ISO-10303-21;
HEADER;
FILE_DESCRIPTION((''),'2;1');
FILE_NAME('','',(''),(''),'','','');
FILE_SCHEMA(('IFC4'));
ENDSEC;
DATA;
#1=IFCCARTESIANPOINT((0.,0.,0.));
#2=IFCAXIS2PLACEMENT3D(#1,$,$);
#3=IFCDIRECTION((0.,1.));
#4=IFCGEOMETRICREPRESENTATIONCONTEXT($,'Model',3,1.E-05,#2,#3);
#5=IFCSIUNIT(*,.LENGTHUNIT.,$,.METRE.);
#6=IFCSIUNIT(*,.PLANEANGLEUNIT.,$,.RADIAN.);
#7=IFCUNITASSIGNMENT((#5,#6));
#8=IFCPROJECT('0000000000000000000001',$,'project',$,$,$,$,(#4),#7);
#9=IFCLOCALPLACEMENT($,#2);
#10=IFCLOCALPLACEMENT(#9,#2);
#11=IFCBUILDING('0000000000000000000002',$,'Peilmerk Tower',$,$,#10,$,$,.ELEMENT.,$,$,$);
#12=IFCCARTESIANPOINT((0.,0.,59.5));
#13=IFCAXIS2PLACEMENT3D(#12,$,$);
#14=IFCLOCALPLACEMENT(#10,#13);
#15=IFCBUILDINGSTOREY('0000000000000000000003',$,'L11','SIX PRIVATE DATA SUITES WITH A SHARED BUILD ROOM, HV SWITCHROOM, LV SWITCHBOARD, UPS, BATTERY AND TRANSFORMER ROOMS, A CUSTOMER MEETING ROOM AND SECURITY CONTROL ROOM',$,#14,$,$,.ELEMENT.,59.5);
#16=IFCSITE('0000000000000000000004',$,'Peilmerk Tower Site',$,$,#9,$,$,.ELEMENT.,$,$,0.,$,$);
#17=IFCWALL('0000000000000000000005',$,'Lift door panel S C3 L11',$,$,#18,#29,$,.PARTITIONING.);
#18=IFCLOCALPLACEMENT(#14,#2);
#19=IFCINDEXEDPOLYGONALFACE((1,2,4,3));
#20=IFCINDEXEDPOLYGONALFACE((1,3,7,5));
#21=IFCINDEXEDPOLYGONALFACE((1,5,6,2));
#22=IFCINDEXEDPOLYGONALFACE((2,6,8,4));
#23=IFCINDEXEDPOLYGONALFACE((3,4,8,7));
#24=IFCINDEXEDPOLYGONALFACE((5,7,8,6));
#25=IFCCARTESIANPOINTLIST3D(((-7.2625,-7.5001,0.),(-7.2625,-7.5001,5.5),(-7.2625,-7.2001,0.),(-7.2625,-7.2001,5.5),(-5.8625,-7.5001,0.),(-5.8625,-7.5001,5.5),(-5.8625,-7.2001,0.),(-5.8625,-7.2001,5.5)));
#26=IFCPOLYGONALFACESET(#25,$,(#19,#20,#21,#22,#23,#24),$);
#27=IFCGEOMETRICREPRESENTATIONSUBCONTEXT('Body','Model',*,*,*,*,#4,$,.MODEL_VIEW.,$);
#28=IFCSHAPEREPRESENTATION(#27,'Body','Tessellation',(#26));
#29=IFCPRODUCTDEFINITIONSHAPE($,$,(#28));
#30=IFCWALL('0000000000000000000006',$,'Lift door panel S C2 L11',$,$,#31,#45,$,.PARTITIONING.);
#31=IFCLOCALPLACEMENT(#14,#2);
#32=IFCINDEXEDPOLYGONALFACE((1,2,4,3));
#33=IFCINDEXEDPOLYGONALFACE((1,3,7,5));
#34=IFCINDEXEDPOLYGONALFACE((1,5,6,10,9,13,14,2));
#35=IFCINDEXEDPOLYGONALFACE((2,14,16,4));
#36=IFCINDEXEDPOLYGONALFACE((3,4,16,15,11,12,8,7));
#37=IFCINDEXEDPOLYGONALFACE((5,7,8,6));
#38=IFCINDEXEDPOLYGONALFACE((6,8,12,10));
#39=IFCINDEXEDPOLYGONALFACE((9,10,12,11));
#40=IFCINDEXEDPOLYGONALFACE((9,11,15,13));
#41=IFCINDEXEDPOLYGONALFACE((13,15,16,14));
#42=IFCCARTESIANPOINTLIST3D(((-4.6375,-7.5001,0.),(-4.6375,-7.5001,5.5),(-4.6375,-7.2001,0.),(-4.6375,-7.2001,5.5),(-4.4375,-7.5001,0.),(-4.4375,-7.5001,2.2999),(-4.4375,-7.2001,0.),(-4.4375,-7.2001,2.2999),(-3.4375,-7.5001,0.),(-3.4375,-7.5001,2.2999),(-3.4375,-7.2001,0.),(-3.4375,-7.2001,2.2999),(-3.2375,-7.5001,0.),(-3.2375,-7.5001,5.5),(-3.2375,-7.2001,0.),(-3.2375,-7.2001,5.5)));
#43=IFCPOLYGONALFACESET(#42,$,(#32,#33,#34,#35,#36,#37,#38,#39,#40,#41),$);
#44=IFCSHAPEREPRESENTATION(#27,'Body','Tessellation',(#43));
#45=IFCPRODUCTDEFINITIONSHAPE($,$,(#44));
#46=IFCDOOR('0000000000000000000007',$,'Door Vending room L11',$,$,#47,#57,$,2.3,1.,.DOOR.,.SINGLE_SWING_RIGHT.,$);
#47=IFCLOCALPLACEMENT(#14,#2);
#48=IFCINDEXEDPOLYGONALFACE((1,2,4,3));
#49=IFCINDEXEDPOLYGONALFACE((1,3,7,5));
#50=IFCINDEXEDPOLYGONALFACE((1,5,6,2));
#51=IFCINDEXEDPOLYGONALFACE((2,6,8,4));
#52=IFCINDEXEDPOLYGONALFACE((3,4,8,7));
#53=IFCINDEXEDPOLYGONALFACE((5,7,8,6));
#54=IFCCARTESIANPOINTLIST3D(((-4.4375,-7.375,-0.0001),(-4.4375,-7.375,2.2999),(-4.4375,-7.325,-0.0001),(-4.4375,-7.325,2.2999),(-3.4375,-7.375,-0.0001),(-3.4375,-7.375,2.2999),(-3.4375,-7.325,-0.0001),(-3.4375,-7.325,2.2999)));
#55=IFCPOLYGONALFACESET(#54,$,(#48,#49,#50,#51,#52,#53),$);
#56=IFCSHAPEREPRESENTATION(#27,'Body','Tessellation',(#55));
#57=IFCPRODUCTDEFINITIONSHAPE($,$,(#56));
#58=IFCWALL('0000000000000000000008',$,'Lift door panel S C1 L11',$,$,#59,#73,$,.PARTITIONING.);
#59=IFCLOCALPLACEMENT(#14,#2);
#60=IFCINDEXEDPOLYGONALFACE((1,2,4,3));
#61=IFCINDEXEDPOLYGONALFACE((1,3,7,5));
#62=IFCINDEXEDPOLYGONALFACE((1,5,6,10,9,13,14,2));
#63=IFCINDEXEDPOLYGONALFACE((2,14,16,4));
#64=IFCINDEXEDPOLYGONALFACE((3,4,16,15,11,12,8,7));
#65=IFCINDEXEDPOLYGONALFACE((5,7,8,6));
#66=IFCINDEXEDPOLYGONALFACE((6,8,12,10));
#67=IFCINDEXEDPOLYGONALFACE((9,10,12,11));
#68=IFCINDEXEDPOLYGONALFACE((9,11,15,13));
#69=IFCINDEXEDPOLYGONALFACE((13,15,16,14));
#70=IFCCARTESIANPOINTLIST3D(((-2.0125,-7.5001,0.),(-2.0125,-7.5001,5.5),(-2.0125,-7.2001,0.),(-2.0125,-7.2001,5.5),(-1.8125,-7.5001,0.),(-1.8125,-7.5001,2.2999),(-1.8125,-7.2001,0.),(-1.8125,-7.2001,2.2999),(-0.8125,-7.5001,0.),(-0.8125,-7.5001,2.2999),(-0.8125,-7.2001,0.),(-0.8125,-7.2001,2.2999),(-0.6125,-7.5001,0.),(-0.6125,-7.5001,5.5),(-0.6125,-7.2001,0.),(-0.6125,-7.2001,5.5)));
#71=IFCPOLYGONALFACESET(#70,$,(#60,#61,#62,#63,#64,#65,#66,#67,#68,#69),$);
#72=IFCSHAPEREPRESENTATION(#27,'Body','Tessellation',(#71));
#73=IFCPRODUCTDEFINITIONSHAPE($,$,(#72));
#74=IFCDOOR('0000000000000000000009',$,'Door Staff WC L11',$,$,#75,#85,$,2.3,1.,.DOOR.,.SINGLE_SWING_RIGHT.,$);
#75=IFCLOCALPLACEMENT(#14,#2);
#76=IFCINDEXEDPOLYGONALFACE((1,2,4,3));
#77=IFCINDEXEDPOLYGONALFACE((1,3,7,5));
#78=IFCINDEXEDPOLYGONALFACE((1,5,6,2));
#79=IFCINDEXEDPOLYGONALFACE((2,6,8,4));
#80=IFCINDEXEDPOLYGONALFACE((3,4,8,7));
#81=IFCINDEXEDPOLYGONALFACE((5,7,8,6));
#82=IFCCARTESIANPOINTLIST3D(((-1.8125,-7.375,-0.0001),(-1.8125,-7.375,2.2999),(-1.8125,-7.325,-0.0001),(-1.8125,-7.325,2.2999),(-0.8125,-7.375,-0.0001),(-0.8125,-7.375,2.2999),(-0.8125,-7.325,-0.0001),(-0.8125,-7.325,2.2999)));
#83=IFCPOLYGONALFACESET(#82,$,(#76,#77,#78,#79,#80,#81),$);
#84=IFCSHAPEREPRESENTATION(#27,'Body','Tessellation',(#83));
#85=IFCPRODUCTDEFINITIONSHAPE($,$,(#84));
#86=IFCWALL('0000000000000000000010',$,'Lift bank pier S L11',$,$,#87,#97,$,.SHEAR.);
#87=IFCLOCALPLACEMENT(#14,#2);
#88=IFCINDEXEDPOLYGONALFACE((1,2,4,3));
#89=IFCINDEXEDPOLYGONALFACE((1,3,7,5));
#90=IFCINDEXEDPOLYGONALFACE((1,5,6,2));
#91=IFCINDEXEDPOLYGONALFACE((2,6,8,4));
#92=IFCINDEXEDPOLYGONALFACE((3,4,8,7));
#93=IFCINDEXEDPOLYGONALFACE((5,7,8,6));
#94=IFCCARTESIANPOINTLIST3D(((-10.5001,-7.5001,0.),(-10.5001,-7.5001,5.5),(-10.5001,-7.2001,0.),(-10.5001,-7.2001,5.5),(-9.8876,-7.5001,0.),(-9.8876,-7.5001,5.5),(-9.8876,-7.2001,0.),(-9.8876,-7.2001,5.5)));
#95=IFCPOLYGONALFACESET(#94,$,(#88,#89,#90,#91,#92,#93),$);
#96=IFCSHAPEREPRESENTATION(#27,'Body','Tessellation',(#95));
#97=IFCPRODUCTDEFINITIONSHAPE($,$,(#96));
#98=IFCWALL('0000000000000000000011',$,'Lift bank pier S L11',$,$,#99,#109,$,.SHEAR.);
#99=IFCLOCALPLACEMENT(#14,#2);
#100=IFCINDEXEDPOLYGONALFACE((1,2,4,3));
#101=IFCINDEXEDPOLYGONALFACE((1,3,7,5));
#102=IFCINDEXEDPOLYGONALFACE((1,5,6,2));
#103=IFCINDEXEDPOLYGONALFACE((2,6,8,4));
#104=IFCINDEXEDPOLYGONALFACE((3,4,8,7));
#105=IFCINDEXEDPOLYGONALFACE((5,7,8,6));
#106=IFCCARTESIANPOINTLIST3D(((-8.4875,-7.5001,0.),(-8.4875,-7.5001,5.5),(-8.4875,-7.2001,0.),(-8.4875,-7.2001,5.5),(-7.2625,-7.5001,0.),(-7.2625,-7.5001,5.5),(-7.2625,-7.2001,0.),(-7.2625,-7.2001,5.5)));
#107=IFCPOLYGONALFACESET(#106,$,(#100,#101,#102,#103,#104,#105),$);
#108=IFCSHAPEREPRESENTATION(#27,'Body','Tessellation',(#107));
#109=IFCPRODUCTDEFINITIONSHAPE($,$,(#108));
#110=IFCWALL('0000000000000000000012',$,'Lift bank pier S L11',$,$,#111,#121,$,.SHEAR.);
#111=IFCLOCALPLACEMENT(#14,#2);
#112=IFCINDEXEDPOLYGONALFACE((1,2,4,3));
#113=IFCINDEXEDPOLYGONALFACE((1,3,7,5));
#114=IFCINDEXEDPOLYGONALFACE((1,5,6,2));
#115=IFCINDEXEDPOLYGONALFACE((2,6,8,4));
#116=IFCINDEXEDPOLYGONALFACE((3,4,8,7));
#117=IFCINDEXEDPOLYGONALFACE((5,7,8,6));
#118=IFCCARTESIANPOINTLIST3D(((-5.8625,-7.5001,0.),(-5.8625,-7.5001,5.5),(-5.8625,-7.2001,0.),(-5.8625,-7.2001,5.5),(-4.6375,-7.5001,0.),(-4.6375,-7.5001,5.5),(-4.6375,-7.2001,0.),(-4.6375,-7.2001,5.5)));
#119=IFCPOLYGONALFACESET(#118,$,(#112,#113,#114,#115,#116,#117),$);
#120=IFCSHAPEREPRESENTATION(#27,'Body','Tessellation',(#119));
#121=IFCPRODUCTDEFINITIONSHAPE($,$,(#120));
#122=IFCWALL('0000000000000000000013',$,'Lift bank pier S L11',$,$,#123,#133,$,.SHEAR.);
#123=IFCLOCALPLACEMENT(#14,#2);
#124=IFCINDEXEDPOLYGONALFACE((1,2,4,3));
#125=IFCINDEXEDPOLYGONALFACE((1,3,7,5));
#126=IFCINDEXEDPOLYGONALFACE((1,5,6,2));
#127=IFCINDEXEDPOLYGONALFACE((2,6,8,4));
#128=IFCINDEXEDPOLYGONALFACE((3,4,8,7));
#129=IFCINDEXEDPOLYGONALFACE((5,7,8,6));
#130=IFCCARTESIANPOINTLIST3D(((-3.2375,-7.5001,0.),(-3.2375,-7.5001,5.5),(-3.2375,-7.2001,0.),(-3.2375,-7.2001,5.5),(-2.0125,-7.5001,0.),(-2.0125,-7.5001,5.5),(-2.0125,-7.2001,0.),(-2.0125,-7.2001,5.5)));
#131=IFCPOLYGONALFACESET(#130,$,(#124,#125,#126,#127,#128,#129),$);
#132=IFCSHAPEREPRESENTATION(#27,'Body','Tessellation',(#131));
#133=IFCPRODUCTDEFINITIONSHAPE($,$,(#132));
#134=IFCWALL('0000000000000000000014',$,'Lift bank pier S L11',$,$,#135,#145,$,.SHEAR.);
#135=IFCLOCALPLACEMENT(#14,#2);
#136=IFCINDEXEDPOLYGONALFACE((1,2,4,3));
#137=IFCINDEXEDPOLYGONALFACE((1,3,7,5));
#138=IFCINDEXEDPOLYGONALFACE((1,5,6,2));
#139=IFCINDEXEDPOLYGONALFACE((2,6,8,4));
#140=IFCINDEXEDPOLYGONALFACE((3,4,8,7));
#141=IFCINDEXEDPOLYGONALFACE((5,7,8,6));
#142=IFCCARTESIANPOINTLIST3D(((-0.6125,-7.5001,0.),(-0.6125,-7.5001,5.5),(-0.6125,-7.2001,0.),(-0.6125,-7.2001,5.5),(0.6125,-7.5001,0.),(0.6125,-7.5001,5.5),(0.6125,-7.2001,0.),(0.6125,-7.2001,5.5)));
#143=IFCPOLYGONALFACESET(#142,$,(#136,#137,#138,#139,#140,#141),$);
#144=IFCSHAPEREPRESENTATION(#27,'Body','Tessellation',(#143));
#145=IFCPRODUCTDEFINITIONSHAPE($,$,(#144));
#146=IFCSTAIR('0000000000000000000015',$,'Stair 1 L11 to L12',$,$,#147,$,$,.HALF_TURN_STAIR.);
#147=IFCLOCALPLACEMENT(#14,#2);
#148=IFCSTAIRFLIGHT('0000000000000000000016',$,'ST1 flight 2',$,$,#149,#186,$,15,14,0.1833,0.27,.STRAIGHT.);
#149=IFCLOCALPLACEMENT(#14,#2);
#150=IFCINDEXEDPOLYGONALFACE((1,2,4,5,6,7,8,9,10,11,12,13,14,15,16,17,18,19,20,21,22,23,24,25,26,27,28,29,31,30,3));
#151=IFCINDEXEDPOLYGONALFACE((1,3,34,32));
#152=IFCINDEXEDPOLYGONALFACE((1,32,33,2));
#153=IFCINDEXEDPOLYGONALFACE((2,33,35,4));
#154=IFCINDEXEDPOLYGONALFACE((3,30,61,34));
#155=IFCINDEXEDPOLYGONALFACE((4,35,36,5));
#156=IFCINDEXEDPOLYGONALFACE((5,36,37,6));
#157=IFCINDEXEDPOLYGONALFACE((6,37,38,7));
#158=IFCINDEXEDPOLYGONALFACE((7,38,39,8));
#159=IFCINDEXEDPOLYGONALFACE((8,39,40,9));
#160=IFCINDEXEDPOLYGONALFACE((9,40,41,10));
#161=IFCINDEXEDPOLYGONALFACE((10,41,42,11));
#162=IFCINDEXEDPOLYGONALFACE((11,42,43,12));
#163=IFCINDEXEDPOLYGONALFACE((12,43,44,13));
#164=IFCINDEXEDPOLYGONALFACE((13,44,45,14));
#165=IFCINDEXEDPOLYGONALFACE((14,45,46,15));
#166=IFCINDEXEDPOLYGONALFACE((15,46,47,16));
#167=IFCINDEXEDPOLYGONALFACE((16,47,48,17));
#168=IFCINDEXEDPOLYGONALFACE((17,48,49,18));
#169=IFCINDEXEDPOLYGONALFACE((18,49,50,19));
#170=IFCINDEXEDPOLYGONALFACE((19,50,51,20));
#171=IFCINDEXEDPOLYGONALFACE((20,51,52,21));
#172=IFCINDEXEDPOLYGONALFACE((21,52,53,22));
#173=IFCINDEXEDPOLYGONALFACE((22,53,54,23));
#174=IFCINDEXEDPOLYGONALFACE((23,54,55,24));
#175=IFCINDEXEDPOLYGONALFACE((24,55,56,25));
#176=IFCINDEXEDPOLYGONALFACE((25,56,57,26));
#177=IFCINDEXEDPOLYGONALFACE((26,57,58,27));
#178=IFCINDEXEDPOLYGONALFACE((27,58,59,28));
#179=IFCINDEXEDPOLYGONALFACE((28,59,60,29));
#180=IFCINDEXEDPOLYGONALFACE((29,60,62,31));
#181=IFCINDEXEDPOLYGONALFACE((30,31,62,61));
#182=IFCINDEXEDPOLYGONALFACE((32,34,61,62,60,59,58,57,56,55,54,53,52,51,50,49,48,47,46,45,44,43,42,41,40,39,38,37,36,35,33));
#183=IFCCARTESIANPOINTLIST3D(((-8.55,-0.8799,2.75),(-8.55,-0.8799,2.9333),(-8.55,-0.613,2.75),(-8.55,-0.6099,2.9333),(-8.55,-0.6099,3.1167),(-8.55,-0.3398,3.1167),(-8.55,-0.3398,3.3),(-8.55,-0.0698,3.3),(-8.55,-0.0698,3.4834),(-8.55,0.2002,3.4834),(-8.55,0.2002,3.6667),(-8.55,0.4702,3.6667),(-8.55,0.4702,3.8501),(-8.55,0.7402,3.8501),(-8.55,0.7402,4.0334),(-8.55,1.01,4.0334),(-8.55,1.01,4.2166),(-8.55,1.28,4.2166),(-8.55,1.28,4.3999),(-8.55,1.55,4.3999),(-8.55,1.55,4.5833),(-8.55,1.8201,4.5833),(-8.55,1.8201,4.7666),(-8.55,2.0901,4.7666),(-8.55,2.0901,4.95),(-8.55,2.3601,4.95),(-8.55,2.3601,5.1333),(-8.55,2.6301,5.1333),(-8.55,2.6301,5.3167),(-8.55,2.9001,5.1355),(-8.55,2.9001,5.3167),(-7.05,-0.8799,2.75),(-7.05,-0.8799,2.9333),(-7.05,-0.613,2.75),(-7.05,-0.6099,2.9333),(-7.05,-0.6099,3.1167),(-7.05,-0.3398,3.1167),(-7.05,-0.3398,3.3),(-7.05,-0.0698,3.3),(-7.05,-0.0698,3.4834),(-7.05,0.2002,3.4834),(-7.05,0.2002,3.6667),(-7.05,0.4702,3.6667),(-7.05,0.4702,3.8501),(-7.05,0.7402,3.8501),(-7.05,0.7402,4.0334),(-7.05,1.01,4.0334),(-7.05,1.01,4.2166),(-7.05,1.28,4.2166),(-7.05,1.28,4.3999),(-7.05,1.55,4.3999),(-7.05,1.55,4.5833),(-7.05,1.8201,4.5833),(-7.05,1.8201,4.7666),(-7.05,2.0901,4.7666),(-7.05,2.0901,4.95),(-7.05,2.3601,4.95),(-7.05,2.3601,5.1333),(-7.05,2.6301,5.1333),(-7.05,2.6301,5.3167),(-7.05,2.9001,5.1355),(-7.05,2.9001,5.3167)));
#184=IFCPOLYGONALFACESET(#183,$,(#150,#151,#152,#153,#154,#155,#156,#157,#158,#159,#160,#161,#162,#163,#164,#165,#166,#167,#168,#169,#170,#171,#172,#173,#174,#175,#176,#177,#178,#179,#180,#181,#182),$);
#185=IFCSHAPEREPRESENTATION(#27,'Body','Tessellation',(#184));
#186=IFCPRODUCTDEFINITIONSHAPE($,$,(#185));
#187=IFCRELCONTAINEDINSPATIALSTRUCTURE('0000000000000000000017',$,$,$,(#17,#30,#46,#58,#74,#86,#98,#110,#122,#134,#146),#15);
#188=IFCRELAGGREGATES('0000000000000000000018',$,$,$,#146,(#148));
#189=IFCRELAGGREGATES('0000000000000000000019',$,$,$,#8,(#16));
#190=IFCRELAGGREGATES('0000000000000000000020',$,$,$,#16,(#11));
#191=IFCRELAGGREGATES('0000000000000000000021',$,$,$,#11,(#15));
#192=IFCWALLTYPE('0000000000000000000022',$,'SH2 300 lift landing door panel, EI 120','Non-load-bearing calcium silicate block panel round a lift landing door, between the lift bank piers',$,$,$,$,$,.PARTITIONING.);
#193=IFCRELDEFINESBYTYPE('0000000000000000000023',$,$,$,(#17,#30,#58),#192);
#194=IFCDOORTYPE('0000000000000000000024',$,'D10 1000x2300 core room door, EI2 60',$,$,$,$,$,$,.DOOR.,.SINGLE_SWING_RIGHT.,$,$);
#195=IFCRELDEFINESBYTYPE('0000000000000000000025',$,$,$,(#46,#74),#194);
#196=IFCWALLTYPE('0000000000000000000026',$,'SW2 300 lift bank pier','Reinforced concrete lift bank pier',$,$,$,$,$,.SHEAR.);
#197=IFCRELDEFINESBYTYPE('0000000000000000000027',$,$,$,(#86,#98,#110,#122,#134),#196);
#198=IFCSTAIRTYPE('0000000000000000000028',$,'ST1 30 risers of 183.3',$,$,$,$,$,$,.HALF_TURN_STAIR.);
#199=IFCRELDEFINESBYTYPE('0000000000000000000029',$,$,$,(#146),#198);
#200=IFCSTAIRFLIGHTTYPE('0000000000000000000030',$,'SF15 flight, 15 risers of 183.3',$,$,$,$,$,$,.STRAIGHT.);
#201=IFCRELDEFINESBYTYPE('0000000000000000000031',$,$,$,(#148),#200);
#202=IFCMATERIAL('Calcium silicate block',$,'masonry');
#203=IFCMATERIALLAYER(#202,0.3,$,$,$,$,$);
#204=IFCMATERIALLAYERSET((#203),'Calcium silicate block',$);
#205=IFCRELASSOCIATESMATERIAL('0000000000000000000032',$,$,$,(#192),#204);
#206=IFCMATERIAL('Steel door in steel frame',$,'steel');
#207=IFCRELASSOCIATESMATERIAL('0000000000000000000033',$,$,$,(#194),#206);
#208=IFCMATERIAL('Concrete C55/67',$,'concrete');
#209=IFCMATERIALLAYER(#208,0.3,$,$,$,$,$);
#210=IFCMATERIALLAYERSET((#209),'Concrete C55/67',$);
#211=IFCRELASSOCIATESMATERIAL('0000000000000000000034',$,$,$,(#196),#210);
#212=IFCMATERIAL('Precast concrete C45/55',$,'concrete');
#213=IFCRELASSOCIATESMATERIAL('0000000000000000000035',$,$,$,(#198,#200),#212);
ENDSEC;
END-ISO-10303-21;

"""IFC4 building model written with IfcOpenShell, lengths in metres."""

from ifc_helpers import new_model, si_unit, direction, frame, frame_2d, origin, place, context, subcontext, project, spatial, polyline, rectangle, outline, extrude, material, layer, layer_set, type_object, element, fill, aggregate, save


model = new_model("IFC4")

# Units and contexts
model_context = context("Model", 3, precision=1e-05, world=origin(), true_north=direction((0.0, 1.0)))
body_context = subcontext(model_context, "Body", "Model", "MODEL_VIEW")
ifc_project = project(units=[si_unit("LENGTHUNIT", "METRE"), si_unit("PLANEANGLEUNIT", "RADIAN")], contexts=[model_context])

# Site, building, storey
site_placement = place(None, origin())
site = spatial("IfcSite", under=ifc_project, at=site_placement, Name="Peilmerk Tower Site", CompositionType="ELEMENT", RefElevation=0.0)
building_placement = place(site_placement, origin())
building = spatial("IfcBuilding", under=site, at=building_placement, Name="Peilmerk Tower", CompositionType="ELEMENT")
storey_placement = place(building_placement, frame((0.0, 0.0, 59.5)))
storey = spatial("IfcBuildingStorey", under=building, at=storey_placement, Name="L11", Description="SIX PRIVATE DATA SUITES WITH A SHARED BUILD ROOM, HV SWITCHROOM, LV SWITCHBOARD, UPS, BATTERY AND TRANSFORMER ROOMS, A CUSTOMER MEETING ROOM AND SECURITY CONTROL ROOM", CompositionType="ELEMENT", Elevation=59.5)

# Shared definitions
ifc_material_1 = material(Name="Calcium silicate block", Category="masonry")

# Shared definitions
ifc_layer_1 = layer(ifc_material_1, 0.3)
ifc_layer_set_1 = layer_set([ifc_layer_1], Name="Calcium silicate block")
wall_type_1 = type_object("IfcWallType", Name="SH2 300 lift landing door panel, EI 120", Description="Non-load-bearing calcium silicate block panel round a lift landing door, between the lift bank piers", PredefinedType="PARTITIONING", material=ifc_layer_set_1)
ifc_material_2 = material(Name="Steel door in steel frame", Category="steel")
door_type = type_object("IfcDoorType", Name="D10 1000x2300 core room door, EI2 60", OperationType="SINGLE_SWING_RIGHT", PredefinedType="DOOR", material=ifc_material_2)

# Wall
wall_1_placement = place(storey_placement, frame((-7.2625, -7.3501, 0.0), z_axis=(0.0, 0.0, 1.0), x_axis=(1.0, 0.0, 0.0)))
element("IfcWall", 1, at=wall_1_placement, inside=storey, type_object=wall_type_1, Name="Lift door panel S C3 L11", PredefinedType="PARTITIONING", context=body_context, shape_type="SweptSolid", body=[
    extrude(rectangle(XDim=1.3999, YDim=0.3, at=frame_2d((0.7, 0.0))), origin(), (0.0, 0.0, 1.0), 5.5),
])

# Walls, openings, doors
wall_2_placement = place(storey_placement, frame((-4.6375, -7.3501, 0.0), z_axis=(0.0, 0.0, 1.0), x_axis=(1.0, 0.0, 0.0)))
wall_2 = element("IfcWall", 2, at=wall_2_placement, inside=storey, type_object=wall_type_1, Name="Lift door panel S C2 L11", PredefinedType="PARTITIONING", context=body_context, shape_type="SweptSolid", body=[
    extrude(rectangle(XDim=1.3999, YDim=0.3, at=frame_2d((0.7, 0.0))), origin(), (0.0, 0.0, 1.0), 5.5),
])
opening_1_placement = place(wall_2_placement, frame((0.2, 0.0, 0.0)))
opening_1 = element("IfcOpeningElement", 3, at=opening_1_placement, cuts=wall_2, PredefinedType="OPENING", context=body_context, shape_type="SweptSolid", body=[
    extrude(rectangle(XDim=1.0, YDim=2.3, at=frame_2d((0.5, 1.1499))), frame((0.0, 0.1599, 0.0), z_axis=(0.0, -1.0, 0.0), x_axis=(1.0, 0.0, 0.0)), (0.0, 0.0, 1.0), 0.3201),
])
door_1_placement = place(opening_1_placement, frame((1.0, 0.0, 0.0), z_axis=(0.0, 0.0, 1.0), x_axis=(-1.0, 0.0, 0.0)))
door_1 = element("IfcDoor", 4, at=door_1_placement, inside=storey, type_object=door_type, Name="Door Vending room L11", OperationType="SINGLE_SWING_RIGHT", OverallHeight=2.3, OverallWidth=1.0, PredefinedType="DOOR", context=body_context, shape_type="SweptSolid", body=[
    extrude(rectangle(XDim=1.0, YDim=2.3, at=frame_2d((0.5, 1.1499))), frame((0.0, 0.0249, 0.0), z_axis=(0.0, -1.0, 0.0), x_axis=(1.0, 0.0, 0.0)), (0.0, 0.0, 1.0), 0.05),
])
fill(opening_1, door_1)
wall_3_placement = place(storey_placement, frame((-2.0125, -7.3501, 0.0), z_axis=(0.0, 0.0, 1.0), x_axis=(1.0, 0.0, 0.0)))
wall_3 = element("IfcWall", 5, at=wall_3_placement, inside=storey, type_object=wall_type_1, Name="Lift door panel S C1 L11", PredefinedType="PARTITIONING", context=body_context, shape_type="SweptSolid", body=[
    extrude(rectangle(XDim=1.3999, YDim=0.3, at=frame_2d((0.7, 0.0))), origin(), (0.0, 0.0, 1.0), 5.5),
])
opening_2_placement = place(wall_3_placement, frame((0.2, 0.0, 0.0)))
opening_2 = element("IfcOpeningElement", 6, at=opening_2_placement, cuts=wall_3, PredefinedType="OPENING", context=body_context, shape_type="SweptSolid", body=[
    extrude(rectangle(XDim=1.0, YDim=2.3, at=frame_2d((0.5, 1.1499))), frame((0.0, 0.1599, 0.0), z_axis=(0.0, -1.0, 0.0), x_axis=(1.0, 0.0, 0.0)), (0.0, 0.0, 1.0), 0.3201),
])
door_2_placement = place(opening_2_placement, frame((1.0, 0.0, 0.0), z_axis=(0.0, 0.0, 1.0), x_axis=(-1.0, 0.0, 0.0)))
door_2 = element("IfcDoor", 7, at=door_2_placement, inside=storey, type_object=door_type, Name="Door Staff WC L11", OperationType="SINGLE_SWING_RIGHT", OverallHeight=2.3, OverallWidth=1.0, PredefinedType="DOOR", context=body_context, shape_type="SweptSolid", body=[
    extrude(rectangle(XDim=1.0, YDim=2.3, at=frame_2d((0.5, 1.1499))), frame((0.0, 0.0249, 0.0), z_axis=(0.0, -1.0, 0.0), x_axis=(1.0, 0.0, 0.0)), (0.0, 0.0, 1.0), 0.05),
])
fill(opening_2, door_2)

# Walls
ifc_material_3 = material(Name="Concrete C55/67", Category="concrete")
ifc_layer_2 = layer(ifc_material_3, 0.3)
ifc_layer_set_2 = layer_set([ifc_layer_2], Name="Concrete C55/67")
wall_type_2 = type_object("IfcWallType", Name="SW2 300 lift bank pier", Description="Reinforced concrete lift bank pier", PredefinedType="SHEAR", material=ifc_layer_set_2)
wall_4_placement = place(storey_placement, frame((-10.5, -7.3501, 0.0), z_axis=(0.0, 0.0, 1.0), x_axis=(1.0, 0.0, 0.0)))
element("IfcWall", 8, at=wall_4_placement, inside=storey, type_object=wall_type_2, Name="Lift bank pier S L11", PredefinedType="SHEAR", context=body_context, shape_type="SweptSolid", body=[
    extrude(rectangle(XDim=0.6125, YDim=0.3, at=frame_2d((0.3062, 0.0))), origin(), (0.0, 0.0, 1.0), 5.5),
])
for number, where, z_axis, x_axis, name in (
    (9, (-8.4875, -7.3501, 0.0), (0.0, 0.0, 1.0), (1.0, 0.0, 0.0), "Lift bank pier S L11"),
    (10, (-5.8625, -7.3501, 0.0), (0.0, 0.0, 1.0), (1.0, 0.0, 0.0), "Lift bank pier S L11"),
    (11, (-3.2375, -7.3501, 0.0), (0.0, 0.0, 1.0), (1.0, 0.0, 0.0), "Lift bank pier S L11"),
    (12, (-0.6125, -7.3501, 0.0), (0.0, 0.0, 1.0), (1.0, 0.0, 0.0), "Lift bank pier S L11"),
):
    element("IfcWall", number, at=place(storey_placement, frame(where, z_axis=z_axis, x_axis=x_axis)), inside=storey, type_object=wall_type_2, Name=name, PredefinedType="SHEAR", context=body_context, shape_type="SweptSolid", body=[
        extrude(rectangle(XDim=1.2251, YDim=0.3, at=frame_2d((0.6125, 0.0))), origin(), (0.0, 0.0, 1.0), 5.5),
    ])

# Stair, stair flight
ifc_material_4 = material(Name="Precast concrete C45/55", Category="concrete")
stair_type = type_object("IfcStairType", Name="ST1 30 risers of 183.3", PredefinedType="HALF_TURN_STAIR", material=ifc_material_4)
stair_placement = place(storey_placement, origin())
stair = element("IfcStair", 13, at=stair_placement, inside=storey, type_object=stair_type, Name="Stair 1 L11 to L12", PredefinedType="HALF_TURN_STAIR")
stair_flight_type = type_object("IfcStairFlightType", Name="SF15 flight, 15 risers of 183.3", PredefinedType="STRAIGHT", material=ifc_material_4)
stair_flight_placement = place(storey_placement, frame((-7.8, -0.8799, 2.75), z_axis=(0.0, 0.0, 1.0), x_axis=(0.0, 1.0, 0.0)))
stair_flight = element("IfcStairFlight", 14, at=stair_flight_placement, type_object=stair_flight_type, Name="ST1 flight 2", NumberOfRisers=15, NumberOfTreads=14, PredefinedType="STRAIGHT", RiserHeight=0.1833, TreadLength=0.27, context=body_context, shape_type="SweptSolid", body=[
    extrude(outline(polyline([(0.0, 0.0), (0.0, 0.1833), (0.27, 0.1833), (0.27, 0.3667), (0.54, 0.3667), (0.54, 0.55), (0.8101, 0.55), (0.8101, 0.7334), (1.0801, 0.7334), (1.0801, 0.9167), (1.3501, 0.9167), (1.3501, 1.1001), (1.6201, 1.1001), (1.6201, 1.2834), (1.8899, 1.2834), (1.8899, 1.4666), (2.1599, 1.4666), (2.1599, 1.6499), (2.4299, 1.6499), (2.4299, 1.8333), (2.7, 1.8333), (2.7, 2.0166), (2.97, 2.0166), (2.97, 2.2), (3.24, 2.2), (3.24, 2.3833), (3.51, 2.3833), (3.51, 2.5667), (3.78, 2.5667), (3.78, 2.75), (3.78, 2.3855), (0.2668, 0.0), (0.0, 0.0)])), frame((0.0, 0.75, 0.0), z_axis=(0.0, -1.0, 0.0), x_axis=(1.0, 0.0, 0.0)), (0.0, 0.0, 1.0), 1.5),
])
aggregate(stair, [stair_flight])

save(model, "model.ifc")
